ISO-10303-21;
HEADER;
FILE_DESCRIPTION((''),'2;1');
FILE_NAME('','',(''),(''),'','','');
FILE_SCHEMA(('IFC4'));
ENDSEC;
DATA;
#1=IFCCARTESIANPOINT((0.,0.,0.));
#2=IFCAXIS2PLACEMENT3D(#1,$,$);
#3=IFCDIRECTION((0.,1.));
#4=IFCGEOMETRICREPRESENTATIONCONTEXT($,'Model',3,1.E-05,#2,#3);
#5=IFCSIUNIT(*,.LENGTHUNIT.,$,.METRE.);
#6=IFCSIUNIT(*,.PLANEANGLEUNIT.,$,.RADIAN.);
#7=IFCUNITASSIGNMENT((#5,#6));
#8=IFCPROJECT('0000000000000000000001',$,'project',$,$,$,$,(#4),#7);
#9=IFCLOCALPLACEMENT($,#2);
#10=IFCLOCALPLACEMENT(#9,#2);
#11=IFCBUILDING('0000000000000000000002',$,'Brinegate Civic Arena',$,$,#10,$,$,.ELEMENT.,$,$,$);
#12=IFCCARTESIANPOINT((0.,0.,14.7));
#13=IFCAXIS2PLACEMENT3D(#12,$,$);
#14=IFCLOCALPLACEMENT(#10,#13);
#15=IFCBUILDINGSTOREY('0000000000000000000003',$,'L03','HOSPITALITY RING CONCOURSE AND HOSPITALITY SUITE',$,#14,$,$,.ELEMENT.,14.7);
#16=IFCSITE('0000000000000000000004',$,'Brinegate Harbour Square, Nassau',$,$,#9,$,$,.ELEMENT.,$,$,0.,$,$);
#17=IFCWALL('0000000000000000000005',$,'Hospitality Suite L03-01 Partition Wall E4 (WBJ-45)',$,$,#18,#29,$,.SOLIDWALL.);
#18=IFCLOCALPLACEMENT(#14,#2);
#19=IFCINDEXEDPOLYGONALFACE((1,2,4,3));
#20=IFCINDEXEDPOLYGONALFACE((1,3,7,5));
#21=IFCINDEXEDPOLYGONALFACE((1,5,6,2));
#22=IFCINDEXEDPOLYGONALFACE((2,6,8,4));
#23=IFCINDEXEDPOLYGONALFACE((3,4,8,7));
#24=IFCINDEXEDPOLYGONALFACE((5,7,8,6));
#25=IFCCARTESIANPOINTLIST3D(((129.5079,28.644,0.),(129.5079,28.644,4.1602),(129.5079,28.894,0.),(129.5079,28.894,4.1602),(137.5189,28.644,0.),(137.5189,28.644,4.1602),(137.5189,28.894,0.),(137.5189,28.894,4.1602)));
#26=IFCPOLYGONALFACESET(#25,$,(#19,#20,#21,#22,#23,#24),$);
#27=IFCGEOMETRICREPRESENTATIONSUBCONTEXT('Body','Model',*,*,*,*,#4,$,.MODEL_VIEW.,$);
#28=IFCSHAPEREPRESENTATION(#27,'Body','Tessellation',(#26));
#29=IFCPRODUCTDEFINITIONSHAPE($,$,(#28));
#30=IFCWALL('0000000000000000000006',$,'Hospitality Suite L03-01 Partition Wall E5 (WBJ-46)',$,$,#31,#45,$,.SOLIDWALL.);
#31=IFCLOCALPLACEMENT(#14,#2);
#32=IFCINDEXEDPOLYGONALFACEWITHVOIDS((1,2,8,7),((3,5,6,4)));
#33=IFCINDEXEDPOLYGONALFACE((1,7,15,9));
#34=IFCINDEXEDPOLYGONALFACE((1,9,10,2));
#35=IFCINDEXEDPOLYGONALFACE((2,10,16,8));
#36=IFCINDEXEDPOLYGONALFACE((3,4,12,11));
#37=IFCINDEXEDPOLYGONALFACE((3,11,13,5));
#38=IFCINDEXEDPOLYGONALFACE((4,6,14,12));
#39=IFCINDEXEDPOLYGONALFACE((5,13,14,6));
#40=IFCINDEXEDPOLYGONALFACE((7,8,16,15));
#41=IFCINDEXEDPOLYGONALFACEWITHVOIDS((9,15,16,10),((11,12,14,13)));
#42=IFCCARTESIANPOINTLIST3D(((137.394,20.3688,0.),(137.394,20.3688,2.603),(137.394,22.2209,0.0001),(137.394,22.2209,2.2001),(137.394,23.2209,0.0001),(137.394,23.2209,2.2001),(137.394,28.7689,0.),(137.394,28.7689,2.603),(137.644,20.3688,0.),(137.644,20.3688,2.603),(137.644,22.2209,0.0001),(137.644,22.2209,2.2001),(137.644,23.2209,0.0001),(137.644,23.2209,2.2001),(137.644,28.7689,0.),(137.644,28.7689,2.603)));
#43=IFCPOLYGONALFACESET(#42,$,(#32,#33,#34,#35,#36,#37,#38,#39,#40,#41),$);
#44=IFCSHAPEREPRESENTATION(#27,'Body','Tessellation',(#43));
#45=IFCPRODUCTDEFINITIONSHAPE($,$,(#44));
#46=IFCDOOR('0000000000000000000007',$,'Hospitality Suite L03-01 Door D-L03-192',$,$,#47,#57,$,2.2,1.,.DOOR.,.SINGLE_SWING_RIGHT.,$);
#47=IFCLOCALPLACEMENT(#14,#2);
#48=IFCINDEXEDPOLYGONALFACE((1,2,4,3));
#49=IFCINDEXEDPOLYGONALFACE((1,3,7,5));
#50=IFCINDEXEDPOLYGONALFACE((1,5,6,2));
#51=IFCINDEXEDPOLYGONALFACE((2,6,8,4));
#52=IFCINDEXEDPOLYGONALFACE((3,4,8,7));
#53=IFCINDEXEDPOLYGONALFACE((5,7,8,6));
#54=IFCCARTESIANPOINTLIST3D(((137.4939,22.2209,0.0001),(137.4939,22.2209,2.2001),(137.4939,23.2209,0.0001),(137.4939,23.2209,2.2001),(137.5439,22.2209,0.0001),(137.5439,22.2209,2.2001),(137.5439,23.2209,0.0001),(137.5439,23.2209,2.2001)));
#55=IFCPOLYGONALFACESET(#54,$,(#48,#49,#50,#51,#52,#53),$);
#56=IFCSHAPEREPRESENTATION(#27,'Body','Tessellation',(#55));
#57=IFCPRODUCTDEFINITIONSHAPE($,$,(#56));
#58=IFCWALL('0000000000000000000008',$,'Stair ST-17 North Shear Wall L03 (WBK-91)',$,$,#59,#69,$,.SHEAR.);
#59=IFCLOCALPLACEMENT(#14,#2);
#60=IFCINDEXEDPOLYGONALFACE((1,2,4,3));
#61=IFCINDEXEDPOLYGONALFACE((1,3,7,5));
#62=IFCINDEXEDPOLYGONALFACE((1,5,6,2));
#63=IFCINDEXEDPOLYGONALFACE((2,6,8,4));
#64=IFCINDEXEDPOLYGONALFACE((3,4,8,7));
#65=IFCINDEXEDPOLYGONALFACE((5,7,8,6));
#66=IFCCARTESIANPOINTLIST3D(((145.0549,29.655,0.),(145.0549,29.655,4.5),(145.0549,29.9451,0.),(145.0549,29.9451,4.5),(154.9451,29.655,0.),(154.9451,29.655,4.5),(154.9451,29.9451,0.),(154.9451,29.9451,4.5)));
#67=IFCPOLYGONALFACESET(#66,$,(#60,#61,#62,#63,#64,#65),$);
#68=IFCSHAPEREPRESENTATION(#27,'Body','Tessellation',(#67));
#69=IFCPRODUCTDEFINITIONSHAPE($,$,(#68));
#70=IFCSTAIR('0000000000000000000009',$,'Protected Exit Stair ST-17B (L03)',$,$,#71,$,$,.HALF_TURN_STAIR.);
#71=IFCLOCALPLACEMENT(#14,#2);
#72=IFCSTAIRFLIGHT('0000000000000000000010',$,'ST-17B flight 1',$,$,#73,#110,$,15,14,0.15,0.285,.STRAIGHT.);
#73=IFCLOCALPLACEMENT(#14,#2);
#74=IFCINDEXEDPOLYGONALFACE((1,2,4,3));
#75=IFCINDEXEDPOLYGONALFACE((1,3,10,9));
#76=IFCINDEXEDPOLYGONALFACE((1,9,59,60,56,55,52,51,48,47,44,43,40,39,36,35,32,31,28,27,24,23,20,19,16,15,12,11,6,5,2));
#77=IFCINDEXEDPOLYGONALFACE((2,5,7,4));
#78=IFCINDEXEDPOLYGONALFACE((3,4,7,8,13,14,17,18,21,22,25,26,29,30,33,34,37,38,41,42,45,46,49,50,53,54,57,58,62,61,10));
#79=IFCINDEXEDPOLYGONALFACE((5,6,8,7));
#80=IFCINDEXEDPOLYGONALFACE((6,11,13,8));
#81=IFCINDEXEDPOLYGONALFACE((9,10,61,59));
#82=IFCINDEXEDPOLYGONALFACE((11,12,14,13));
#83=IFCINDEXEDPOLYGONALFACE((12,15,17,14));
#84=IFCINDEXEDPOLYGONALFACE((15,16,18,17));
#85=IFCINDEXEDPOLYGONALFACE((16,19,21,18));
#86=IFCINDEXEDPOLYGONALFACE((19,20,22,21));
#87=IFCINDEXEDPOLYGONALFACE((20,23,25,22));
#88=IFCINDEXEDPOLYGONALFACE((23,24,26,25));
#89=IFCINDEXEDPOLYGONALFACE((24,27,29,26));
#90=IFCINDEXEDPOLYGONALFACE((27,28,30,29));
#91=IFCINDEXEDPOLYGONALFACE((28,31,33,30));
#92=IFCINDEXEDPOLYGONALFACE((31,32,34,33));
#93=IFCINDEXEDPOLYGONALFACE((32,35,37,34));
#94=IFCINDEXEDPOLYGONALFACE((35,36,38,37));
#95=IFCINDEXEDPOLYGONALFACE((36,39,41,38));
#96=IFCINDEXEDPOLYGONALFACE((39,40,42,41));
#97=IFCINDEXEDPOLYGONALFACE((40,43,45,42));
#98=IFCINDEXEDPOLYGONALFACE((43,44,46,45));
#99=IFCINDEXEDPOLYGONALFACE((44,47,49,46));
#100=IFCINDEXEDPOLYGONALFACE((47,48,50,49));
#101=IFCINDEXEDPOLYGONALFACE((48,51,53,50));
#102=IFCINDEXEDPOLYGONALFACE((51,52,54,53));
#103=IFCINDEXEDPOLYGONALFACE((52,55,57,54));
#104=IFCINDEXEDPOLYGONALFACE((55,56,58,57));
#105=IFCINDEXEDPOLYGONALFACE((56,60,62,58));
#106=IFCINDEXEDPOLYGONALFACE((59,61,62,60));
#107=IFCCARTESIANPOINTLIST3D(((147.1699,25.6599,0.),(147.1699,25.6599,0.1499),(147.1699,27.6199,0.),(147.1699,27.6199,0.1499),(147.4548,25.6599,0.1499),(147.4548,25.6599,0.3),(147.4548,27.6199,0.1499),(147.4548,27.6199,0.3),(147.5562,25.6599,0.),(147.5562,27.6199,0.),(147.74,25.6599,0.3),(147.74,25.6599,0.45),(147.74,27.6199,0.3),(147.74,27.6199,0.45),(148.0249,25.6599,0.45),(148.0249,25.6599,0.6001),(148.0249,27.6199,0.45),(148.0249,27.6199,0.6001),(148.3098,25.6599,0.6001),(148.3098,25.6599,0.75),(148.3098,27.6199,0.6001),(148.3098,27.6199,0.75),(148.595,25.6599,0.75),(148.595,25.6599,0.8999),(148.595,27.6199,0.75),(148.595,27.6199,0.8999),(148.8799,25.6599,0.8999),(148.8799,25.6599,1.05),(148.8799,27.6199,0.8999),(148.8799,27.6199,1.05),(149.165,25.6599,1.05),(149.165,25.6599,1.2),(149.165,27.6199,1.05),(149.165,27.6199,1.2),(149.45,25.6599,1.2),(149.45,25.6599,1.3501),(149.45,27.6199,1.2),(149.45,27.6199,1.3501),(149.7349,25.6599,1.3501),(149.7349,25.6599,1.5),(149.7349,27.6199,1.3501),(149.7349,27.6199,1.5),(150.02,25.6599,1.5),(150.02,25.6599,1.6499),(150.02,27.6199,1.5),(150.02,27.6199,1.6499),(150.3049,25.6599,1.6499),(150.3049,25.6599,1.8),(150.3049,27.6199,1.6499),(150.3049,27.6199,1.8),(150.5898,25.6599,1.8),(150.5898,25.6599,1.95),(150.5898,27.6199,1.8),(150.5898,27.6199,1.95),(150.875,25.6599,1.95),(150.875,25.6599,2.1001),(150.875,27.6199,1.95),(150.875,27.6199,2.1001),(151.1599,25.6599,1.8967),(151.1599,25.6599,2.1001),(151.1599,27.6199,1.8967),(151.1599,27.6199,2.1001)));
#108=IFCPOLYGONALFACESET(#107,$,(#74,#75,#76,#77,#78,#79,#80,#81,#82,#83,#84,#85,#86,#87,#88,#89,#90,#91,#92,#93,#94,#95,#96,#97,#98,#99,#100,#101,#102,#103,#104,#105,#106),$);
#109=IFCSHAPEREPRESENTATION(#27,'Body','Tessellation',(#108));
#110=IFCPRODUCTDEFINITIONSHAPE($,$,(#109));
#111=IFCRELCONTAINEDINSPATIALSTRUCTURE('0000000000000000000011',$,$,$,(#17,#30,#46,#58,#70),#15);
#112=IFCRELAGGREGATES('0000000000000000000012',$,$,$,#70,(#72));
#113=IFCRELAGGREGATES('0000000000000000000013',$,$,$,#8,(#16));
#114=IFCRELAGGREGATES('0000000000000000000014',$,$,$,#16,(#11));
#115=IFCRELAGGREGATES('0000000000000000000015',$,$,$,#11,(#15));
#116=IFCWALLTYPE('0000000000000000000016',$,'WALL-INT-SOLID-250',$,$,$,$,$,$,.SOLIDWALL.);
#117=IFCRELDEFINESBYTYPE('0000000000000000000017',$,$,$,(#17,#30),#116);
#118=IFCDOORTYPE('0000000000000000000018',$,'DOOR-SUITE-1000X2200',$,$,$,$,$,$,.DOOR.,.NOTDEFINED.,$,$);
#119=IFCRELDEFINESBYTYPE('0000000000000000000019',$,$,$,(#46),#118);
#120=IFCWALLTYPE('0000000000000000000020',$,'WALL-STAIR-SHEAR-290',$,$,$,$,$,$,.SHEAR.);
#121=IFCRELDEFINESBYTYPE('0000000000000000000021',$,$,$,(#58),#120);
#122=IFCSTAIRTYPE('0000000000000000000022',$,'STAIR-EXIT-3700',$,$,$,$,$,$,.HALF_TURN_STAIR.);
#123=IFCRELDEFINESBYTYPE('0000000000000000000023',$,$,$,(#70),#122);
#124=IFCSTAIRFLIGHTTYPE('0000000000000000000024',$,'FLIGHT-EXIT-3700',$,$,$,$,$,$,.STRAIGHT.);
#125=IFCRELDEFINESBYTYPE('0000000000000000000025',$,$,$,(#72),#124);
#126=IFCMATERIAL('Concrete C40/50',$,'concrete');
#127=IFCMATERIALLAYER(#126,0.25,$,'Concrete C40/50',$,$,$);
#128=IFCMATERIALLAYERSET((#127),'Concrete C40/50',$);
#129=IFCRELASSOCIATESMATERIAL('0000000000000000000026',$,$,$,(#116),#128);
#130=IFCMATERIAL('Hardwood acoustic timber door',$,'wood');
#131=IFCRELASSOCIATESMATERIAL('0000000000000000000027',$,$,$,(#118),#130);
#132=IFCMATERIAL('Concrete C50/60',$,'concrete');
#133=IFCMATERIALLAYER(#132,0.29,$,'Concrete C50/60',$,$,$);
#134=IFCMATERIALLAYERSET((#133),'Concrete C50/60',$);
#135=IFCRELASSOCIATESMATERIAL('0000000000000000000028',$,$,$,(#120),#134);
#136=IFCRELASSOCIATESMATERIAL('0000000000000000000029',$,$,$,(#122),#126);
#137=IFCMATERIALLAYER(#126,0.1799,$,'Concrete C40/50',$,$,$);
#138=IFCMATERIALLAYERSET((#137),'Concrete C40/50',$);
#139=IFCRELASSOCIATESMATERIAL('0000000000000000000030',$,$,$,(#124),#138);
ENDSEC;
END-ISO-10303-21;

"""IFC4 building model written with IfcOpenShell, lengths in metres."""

from ifc_helpers import new_model, si_unit, direction, frame, frame_2d, origin, place, context, subcontext, project, spatial, polyline, rectangle, outline, extrude, material, layer, layer_set, type_object, element, fill, aggregate, save


model = new_model("IFC4")

# Units and contexts
model_context = context("Model", 3, precision=1e-05, world=origin(), true_north=direction((0.0, 1.0)))
body_context = subcontext(model_context, "Body", "Model", "MODEL_VIEW")
ifc_project = project(units=[si_unit("LENGTHUNIT", "METRE"), si_unit("PLANEANGLEUNIT", "RADIAN")], contexts=[model_context])

# Site, building, storey
site_placement = place(None, origin())
site = spatial("IfcSite", under=ifc_project, at=site_placement, Name="Brinegate Harbour Square, Nassau", CompositionType="ELEMENT", RefElevation=0.0)
building_placement = place(site_placement, origin())
building = spatial("IfcBuilding", under=site, at=building_placement, Name="Brinegate Civic Arena", CompositionType="ELEMENT")
storey_placement = place(building_placement, frame((0.0, 0.0, 14.7)))
storey = spatial("IfcBuildingStorey", under=building, at=storey_placement, Name="L03", Description="HOSPITALITY RING CONCOURSE AND HOSPITALITY SUITE", CompositionType="ELEMENT", Elevation=14.7)

# Shared definitions
ifc_material_1 = material(Name="Concrete C50/60", Category="concrete")

# Shared definitions
ifc_material_2 = material(Name="Concrete C40/50", Category="concrete")

# Shared definitions
ifc_material_3 = material(Name="Hardwood acoustic timber door", Category="wood")

# Wall
ifc_layer_1 = layer(ifc_material_2, 0.25, Name="Concrete C40/50")
ifc_layer_set_1 = layer_set([ifc_layer_1], Name="Concrete C40/50")
wall_type_1 = type_object("IfcWallType", Name="WALL-INT-SOLID-250", PredefinedType="SOLIDWALL", material=ifc_layer_set_1)
wall_1_placement = place(storey_placement, frame((129.5081, 28.769, 0.0), z_axis=(0.0, 0.0, 1.0), x_axis=(1.0, 0.0, 0.0)))
element("IfcWall", 1, at=wall_1_placement, inside=storey, type_object=wall_type_1, Name="Hospitality Suite L03-01 Partition Wall E4 (WBJ-45)", PredefinedType="SOLIDWALL", context=body_context, shape_type="SweptSolid", body=[
    extrude(rectangle(XDim=8.011, YDim=0.25, at=frame_2d((4.0054, 0.0))), origin(), (0.0, 0.0, 1.0), 4.1602),
])

# Wall, opening, door
wall_2_placement = place(storey_placement, frame((137.519, 28.769, 0.0), z_axis=(0.0, 0.0, 1.0), x_axis=(0.0, -1.0, 0.0)))
wall_2 = element("IfcWall", 2, at=wall_2_placement, inside=storey, type_object=wall_type_1, Name="Hospitality Suite L03-01 Partition Wall E5 (WBJ-46)", PredefinedType="SOLIDWALL", context=body_context, shape_type="SweptSolid", body=[
    extrude(rectangle(XDim=8.4001, YDim=0.25, at=frame_2d((4.2002, 0.0))), origin(), (0.0, 0.0, 1.0), 2.603),
])
opening_1_placement = place(wall_2_placement, frame((5.5481, 0.0, 0.0)))
opening_1 = element("IfcOpeningElement", 3, at=opening_1_placement, cuts=wall_2, PredefinedType="OPENING", context=body_context, shape_type="SweptSolid", body=[
    extrude(rectangle(XDim=1.0, YDim=2.2, at=frame_2d((0.5, 1.1001))), frame((0.0, 0.135, 0.0), z_axis=(0.0, -1.0, 0.0), x_axis=(1.0, 0.0, 0.0)), (0.0, 0.0, 1.0), 0.27),
])
door_type_1 = type_object("IfcDoorType", Name="DOOR-SUITE-1000X2200", OperationType="NOTDEFINED", PredefinedType="DOOR", material=ifc_material_3)
door_1_placement = place(opening_1_placement, origin())
door_1 = element("IfcDoor", 4, at=door_1_placement, inside=storey, type_object=door_type_1, Name="Hospitality Suite L03-01 Door D-L03-192", OperationType="SINGLE_SWING_RIGHT", OverallHeight=2.2, OverallWidth=1.0, PredefinedType="DOOR", context=body_context, shape_type="SweptSolid", body=[
    extrude(rectangle(XDim=1.0, YDim=2.2, at=frame_2d((0.5, 1.1001))), frame((0.0, 0.0249, 0.0), z_axis=(0.0, -1.0, 0.0), x_axis=(1.0, 0.0, 0.0)), (0.0, 0.0, 1.0), 0.05),
])
fill(opening_1, door_1)

# Wall
ifc_layer_2 = layer(ifc_material_1, 0.29, Name="Concrete C50/60")
ifc_layer_set_2 = layer_set([ifc_layer_2], Name="Concrete C50/60")
wall_type_2 = type_object("IfcWallType", Name="WALL-STAIR-SHEAR-290", PredefinedType="SHEAR", material=ifc_layer_set_2)
wall_3_placement = place(storey_placement, frame((145.0549, 29.8, 0.0), z_axis=(0.0, 0.0, 1.0), x_axis=(1.0, 0.0, 0.0)))
element("IfcWall", 5, at=wall_3_placement, inside=storey, type_object=wall_type_2, Name="Stair ST-17 North Shear Wall L03 (WBK-91)", PredefinedType="SHEAR", context=body_context, shape_type="SweptSolid", body=[
    extrude(rectangle(XDim=9.8901, YDim=0.29, at=frame_2d((4.9451, 0.0))), origin(), (0.0, 0.0, 1.0), 4.5),
])

# Stair, stair flight
stair_type = type_object("IfcStairType", Name="STAIR-EXIT-3700", PredefinedType="HALF_TURN_STAIR", material=ifc_material_2)
stair_placement = place(storey_placement, origin())
stair = element("IfcStair", 6, at=stair_placement, inside=storey, type_object=stair_type, Name="Protected Exit Stair ST-17B (L03)", PredefinedType="HALF_TURN_STAIR")
ifc_layer_3 = layer(ifc_material_2, 0.1799, Name="Concrete C40/50")
ifc_layer_set_3 = layer_set([ifc_layer_3], Name="Concrete C40/50")
stair_flight_type = type_object("IfcStairFlightType", Name="FLIGHT-EXIT-3700", PredefinedType="STRAIGHT", material=ifc_layer_set_3)
stair_flight_placement = place(storey_placement, frame((147.1699, 26.6399, 0.0), z_axis=(0.0, 0.0, 1.0), x_axis=(1.0, 0.0, 0.0)))
stair_flight = element("IfcStairFlight", 7, at=stair_flight_placement, type_object=stair_flight_type, Name="ST-17B flight 1", NumberOfRisers=15, NumberOfTreads=14, PredefinedType="STRAIGHT", RiserHeight=0.15, TreadLength=0.285, context=body_context, shape_type="SweptSolid", body=[
    extrude(outline(polyline([(0.0, 0.0), (0.0, 0.1499), (0.2849, 0.1499), (0.2849, 0.3), (0.5701, 0.3), (0.5701, 0.45), (0.855, 0.45), (0.855, 0.6001), (1.1399, 0.6001), (1.1399, 0.75), (1.425, 0.75), (1.425, 0.8999), (1.71, 0.8999), (1.71, 1.05), (1.9951, 1.05), (1.9951, 1.2), (2.28, 1.2), (2.28, 1.3501), (2.5649, 1.3501), (2.5649, 1.5), (2.8501, 1.5), (2.8501, 1.6499), (3.135, 1.6499), (3.135, 1.8), (3.4199, 1.8), (3.4199, 1.95), (3.7051, 1.95), (3.7051, 2.1001), (3.99, 2.1001), (3.99, 2.25), (3.99, 1.8967), (0.3862, 0.0), (0.0, 0.0)])), frame((0.0, 0.98, 0.0), z_axis=(0.0, -1.0, 0.0), x_axis=(1.0, 0.0, 0.0)), (0.0, 0.0, 1.0), 1.96),
])
aggregate(stair, [stair_flight])

save(model, "model.ifc")
